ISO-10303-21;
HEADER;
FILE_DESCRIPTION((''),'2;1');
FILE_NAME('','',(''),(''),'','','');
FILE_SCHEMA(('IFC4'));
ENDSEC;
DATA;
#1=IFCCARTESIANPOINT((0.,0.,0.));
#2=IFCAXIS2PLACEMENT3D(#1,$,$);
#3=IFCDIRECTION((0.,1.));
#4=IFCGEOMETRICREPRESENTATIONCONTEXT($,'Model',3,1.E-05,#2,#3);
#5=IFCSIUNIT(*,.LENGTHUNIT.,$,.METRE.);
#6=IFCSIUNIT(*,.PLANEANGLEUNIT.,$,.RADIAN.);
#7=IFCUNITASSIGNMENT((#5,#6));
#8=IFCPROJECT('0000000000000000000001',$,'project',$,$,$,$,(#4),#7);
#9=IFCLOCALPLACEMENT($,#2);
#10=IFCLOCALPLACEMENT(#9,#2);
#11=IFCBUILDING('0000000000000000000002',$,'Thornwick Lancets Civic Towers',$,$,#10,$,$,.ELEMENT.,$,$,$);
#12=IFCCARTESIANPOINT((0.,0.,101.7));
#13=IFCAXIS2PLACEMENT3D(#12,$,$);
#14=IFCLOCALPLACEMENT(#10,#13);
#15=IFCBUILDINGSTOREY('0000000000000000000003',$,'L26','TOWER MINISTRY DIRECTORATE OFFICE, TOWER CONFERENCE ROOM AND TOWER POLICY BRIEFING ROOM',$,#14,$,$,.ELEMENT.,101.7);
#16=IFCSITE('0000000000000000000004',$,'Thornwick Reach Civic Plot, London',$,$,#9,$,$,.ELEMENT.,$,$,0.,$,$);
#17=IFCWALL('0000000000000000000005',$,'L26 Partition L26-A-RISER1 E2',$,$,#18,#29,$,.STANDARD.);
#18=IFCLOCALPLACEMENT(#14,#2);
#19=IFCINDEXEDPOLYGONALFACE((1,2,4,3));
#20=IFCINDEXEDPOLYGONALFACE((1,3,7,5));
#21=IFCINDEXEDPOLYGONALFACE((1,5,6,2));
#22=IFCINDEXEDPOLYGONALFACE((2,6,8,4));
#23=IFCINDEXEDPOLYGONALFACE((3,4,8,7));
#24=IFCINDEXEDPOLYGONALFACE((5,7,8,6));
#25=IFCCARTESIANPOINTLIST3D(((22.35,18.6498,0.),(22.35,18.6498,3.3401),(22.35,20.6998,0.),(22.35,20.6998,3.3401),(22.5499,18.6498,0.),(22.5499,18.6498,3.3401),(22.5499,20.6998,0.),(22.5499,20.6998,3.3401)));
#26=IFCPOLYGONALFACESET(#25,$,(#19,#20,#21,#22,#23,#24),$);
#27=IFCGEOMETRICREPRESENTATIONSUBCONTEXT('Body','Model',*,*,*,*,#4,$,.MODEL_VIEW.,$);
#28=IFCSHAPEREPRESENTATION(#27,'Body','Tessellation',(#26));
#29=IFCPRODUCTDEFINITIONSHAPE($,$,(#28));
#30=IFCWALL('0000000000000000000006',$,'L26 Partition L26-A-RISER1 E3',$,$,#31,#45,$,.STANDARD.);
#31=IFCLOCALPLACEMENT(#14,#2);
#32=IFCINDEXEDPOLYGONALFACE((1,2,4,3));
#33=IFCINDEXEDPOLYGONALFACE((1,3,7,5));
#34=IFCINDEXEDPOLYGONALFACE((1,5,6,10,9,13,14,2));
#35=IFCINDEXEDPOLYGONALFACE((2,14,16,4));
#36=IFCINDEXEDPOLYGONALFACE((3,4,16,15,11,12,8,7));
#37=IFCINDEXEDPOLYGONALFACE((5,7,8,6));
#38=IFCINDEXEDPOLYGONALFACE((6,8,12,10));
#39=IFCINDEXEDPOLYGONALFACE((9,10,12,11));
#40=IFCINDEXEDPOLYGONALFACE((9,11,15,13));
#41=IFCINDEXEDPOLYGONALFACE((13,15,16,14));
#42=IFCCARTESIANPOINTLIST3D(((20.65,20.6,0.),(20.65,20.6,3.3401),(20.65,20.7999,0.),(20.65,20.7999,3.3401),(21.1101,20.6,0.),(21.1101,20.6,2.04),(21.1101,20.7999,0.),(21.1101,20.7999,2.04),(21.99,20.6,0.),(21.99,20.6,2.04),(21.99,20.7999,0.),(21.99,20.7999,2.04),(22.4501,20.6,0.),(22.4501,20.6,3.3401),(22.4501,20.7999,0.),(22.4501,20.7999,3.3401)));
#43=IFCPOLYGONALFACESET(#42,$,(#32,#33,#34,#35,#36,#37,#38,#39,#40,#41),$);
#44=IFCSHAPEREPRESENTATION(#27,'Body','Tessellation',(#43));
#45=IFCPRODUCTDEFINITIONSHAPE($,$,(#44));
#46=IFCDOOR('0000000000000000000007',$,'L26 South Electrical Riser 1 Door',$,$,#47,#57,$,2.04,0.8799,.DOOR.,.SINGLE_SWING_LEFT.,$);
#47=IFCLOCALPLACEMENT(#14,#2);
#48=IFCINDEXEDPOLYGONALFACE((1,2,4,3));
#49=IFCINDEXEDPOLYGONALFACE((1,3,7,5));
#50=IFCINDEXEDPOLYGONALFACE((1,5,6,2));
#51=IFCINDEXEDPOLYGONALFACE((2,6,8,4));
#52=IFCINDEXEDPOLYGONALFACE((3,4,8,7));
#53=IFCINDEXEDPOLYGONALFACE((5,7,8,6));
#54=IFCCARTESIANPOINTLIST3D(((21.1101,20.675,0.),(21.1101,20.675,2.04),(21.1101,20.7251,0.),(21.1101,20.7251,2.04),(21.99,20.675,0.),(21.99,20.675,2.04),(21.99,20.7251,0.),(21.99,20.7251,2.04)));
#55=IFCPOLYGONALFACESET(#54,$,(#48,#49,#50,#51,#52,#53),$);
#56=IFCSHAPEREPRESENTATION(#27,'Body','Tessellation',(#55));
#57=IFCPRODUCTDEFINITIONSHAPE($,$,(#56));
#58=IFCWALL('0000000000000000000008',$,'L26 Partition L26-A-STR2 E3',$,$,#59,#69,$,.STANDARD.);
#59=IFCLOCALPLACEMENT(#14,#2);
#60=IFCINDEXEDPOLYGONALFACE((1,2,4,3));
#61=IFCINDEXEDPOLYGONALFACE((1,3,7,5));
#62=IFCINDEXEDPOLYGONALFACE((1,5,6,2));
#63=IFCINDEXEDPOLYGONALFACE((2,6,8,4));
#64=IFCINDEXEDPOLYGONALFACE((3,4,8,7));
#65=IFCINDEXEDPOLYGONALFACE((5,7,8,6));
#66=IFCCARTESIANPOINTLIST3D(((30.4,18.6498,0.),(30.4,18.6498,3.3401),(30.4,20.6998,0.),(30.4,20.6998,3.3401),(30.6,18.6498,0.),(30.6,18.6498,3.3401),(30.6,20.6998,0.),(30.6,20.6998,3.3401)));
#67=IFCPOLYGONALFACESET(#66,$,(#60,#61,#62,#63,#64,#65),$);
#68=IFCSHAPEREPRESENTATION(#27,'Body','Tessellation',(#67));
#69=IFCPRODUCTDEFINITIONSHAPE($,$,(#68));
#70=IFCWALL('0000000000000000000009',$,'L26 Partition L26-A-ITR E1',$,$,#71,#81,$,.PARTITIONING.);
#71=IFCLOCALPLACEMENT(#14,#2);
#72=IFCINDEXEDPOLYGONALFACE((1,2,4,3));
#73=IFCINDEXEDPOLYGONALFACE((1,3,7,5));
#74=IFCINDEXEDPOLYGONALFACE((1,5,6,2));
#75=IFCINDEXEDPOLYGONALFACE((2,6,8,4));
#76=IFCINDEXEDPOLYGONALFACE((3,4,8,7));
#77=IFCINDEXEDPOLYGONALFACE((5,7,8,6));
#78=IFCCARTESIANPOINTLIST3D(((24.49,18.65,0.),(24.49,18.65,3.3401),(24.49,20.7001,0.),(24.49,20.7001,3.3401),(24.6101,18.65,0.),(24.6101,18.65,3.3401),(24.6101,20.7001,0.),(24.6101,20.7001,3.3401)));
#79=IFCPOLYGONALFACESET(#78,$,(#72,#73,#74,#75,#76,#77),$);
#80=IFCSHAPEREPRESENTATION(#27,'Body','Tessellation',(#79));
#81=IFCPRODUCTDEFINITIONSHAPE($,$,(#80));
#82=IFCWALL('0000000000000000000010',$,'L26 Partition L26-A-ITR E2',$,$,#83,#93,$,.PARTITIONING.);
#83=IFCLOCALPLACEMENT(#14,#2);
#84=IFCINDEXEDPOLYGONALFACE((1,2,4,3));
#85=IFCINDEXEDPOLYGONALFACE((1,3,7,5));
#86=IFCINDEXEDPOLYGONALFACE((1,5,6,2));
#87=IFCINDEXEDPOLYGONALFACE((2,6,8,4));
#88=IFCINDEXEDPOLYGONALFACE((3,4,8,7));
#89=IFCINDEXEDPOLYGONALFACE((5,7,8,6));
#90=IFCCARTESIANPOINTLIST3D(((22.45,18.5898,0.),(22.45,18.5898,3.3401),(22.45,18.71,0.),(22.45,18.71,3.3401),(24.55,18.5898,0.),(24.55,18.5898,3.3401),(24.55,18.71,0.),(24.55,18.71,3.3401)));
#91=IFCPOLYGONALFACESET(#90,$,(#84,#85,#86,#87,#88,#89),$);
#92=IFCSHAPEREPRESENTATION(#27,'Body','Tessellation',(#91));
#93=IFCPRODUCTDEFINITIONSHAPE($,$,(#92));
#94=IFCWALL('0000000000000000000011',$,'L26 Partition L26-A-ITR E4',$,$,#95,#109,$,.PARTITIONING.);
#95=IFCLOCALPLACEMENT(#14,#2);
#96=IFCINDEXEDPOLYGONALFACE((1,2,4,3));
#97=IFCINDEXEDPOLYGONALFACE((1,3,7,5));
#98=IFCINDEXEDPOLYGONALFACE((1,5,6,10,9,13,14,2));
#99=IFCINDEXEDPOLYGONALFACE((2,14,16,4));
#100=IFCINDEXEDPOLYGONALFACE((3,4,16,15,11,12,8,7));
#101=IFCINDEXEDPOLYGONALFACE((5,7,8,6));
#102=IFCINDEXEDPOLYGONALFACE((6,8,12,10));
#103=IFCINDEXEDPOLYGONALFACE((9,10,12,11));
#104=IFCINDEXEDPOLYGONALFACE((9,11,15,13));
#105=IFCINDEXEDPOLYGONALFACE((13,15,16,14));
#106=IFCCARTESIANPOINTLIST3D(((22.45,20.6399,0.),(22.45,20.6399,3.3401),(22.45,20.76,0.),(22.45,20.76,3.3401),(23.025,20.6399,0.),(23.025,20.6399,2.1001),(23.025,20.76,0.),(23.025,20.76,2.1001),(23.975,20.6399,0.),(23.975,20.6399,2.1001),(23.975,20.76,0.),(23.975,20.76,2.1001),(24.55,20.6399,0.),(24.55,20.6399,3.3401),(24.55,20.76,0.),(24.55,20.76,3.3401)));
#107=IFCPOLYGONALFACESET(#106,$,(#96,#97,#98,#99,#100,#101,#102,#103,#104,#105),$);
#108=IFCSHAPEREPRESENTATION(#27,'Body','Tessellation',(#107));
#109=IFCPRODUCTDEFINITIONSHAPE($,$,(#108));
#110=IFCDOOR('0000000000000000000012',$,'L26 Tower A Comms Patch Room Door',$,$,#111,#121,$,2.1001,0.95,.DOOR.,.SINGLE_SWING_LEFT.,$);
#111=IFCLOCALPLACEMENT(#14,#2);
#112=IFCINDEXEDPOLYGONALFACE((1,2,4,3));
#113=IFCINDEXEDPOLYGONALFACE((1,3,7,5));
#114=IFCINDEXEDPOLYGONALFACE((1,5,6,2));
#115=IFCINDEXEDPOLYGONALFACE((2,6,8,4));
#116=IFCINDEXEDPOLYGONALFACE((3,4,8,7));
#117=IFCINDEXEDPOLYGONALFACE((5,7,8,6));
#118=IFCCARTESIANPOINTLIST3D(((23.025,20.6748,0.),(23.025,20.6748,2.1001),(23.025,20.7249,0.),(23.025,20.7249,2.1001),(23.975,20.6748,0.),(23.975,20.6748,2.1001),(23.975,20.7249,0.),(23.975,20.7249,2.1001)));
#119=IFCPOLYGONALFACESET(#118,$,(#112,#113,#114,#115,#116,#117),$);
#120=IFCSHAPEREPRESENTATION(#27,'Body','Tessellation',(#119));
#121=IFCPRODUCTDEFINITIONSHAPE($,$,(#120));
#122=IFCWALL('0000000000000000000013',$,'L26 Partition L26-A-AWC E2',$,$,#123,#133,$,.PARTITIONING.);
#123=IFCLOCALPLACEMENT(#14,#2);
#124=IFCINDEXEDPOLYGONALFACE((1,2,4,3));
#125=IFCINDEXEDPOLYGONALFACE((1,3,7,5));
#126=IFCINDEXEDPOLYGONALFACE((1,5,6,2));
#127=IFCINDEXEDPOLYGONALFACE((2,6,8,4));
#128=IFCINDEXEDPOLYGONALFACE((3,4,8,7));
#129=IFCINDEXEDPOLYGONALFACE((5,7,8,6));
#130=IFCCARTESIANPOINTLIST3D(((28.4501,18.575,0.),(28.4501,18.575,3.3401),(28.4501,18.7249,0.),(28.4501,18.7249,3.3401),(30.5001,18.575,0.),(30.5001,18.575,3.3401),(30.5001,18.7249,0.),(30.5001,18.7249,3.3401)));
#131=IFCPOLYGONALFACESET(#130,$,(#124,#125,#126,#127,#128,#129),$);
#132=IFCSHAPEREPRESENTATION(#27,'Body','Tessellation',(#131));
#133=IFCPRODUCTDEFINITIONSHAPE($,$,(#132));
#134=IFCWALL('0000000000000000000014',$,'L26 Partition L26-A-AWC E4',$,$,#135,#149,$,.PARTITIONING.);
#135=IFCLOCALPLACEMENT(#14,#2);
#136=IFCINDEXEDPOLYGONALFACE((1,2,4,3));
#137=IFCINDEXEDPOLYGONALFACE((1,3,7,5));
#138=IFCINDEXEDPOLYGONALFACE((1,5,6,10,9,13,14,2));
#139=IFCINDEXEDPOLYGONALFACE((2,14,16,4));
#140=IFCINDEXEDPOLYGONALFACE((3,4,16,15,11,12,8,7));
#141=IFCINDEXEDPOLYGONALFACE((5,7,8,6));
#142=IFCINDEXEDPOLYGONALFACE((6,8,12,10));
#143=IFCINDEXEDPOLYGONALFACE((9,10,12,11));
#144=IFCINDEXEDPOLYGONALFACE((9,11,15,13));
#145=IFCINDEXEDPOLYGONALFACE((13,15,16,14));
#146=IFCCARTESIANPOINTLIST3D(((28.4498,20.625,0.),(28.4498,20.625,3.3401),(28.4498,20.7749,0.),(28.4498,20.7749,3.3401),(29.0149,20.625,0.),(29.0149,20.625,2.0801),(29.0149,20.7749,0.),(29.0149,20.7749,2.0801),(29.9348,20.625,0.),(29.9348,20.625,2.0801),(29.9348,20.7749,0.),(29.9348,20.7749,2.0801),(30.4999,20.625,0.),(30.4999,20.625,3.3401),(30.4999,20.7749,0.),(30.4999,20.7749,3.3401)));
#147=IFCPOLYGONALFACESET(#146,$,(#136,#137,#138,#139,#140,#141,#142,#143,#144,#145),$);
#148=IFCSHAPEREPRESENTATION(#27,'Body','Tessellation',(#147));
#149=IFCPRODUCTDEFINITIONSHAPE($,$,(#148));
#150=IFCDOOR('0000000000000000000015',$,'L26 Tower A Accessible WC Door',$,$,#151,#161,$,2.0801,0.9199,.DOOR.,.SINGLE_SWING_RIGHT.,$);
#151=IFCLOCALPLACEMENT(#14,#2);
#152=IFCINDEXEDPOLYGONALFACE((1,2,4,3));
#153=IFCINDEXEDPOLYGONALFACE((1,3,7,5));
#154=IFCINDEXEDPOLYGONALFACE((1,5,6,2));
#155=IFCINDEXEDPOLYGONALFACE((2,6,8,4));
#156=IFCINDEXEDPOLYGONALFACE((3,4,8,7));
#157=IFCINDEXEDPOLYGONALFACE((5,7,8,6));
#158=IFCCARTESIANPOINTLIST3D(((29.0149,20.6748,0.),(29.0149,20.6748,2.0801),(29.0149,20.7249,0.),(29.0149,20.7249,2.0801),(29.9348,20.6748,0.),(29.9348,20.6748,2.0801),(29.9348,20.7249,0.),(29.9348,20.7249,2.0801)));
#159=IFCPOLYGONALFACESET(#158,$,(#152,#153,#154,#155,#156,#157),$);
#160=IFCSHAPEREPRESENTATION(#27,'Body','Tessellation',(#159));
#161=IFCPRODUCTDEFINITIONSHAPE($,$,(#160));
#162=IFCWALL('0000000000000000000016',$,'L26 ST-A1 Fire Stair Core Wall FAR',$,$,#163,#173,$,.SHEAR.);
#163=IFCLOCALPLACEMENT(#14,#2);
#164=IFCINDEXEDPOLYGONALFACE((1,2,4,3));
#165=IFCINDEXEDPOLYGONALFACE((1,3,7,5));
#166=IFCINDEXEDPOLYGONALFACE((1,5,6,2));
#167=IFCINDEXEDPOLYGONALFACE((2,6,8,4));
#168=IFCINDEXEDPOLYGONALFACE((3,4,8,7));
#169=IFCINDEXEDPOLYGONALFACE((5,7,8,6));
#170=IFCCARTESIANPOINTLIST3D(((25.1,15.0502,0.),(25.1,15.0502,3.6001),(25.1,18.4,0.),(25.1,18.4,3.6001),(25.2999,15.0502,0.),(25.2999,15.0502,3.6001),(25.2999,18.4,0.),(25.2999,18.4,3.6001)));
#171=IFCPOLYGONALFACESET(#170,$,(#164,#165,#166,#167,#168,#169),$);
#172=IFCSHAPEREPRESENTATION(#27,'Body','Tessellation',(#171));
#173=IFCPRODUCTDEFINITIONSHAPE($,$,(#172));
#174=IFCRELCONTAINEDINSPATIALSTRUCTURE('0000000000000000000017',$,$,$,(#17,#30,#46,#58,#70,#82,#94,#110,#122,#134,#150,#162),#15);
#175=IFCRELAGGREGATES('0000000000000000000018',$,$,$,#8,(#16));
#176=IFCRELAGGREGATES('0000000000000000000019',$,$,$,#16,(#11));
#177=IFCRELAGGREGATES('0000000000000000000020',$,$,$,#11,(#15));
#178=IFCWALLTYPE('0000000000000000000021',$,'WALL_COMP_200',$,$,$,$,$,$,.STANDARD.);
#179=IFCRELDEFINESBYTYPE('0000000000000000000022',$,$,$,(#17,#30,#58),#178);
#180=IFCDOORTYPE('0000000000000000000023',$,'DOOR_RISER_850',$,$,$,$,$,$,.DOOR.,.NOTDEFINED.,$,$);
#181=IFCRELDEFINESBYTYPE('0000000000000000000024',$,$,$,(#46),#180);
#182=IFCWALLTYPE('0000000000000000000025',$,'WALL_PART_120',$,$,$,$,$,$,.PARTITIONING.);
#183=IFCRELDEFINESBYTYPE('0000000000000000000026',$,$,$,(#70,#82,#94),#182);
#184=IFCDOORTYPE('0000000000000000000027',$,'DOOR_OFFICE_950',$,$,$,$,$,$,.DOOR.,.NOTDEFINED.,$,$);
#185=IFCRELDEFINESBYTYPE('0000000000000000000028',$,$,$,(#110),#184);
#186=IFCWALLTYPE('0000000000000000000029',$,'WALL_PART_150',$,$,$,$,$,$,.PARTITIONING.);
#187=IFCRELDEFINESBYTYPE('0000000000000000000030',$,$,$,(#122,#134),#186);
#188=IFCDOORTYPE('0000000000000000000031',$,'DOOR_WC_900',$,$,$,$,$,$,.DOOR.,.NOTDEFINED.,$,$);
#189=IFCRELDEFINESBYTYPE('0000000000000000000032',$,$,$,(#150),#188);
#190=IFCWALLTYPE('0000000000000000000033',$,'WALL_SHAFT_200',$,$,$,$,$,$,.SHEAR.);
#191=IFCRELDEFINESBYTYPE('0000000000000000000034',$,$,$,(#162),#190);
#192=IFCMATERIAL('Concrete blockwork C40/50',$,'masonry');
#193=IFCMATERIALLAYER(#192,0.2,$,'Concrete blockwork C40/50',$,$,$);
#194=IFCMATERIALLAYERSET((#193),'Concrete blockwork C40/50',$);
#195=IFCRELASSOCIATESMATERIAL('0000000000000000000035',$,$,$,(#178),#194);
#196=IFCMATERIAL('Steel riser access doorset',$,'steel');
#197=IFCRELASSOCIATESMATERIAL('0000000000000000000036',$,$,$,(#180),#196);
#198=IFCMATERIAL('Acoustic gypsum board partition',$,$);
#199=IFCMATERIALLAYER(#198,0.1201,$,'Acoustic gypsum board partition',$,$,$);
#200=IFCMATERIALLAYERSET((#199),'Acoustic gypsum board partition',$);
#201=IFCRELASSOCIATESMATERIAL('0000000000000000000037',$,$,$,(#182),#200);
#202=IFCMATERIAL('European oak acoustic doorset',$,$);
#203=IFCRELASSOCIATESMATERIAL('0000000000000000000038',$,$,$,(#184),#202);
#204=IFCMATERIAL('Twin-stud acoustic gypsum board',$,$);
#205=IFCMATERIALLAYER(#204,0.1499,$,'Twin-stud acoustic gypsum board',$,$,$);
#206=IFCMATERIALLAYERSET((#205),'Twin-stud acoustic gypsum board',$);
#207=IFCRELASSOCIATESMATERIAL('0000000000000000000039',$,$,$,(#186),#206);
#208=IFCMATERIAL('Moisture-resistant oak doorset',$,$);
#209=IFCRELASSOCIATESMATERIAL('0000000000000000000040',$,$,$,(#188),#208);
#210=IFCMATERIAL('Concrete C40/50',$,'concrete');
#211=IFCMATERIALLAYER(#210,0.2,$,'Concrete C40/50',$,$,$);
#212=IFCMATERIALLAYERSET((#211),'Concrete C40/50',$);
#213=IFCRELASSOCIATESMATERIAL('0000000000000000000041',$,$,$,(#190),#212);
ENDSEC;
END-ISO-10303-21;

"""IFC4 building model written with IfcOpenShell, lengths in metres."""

from ifc_helpers import new_model, si_unit, direction, frame, frame_2d, origin, place, context, subcontext, project, spatial, rectangle, extrude, material, layer, layer_set, type_object, element, fill, save


model = new_model("IFC4")

# Units and contexts
model_context = context("Model", 3, precision=1e-05, world=origin(), true_north=direction((0.0, 1.0)))
body_context = subcontext(model_context, "Body", "Model", "MODEL_VIEW")
ifc_project = project(units=[si_unit("LENGTHUNIT", "METRE"), si_unit("PLANEANGLEUNIT", "RADIAN")], contexts=[model_context])

# Site, building, storey
site_placement = place(None, origin())
site = spatial("IfcSite", under=ifc_project, at=site_placement, Name="Thornwick Reach Civic Plot, London", CompositionType="ELEMENT", RefElevation=0.0)
building_placement = place(site_placement, origin())
building = spatial("IfcBuilding", under=site, at=building_placement, Name="Thornwick Lancets Civic Towers", CompositionType="ELEMENT")
storey_placement = place(building_placement, frame((0.0, 0.0, 101.7)))
storey = spatial("IfcBuildingStorey", under=building, at=storey_placement, Name="L26", Description="TOWER MINISTRY DIRECTORATE OFFICE, TOWER CONFERENCE ROOM AND TOWER POLICY BRIEFING ROOM", CompositionType="ELEMENT", Elevation=101.7)

# Shared definitions
ifc_material_1 = material(Name="Concrete C40/50", Category="concrete")

# Shared definitions
ifc_material_2 = material(Name="Concrete blockwork C40/50", Category="masonry")
ifc_layer_1 = layer(ifc_material_2, 0.2, Name="Concrete blockwork C40/50")
ifc_layer_set_1 = layer_set([ifc_layer_1], Name="Concrete blockwork C40/50")
wall_type_1 = type_object("IfcWallType", Name="WALL_COMP_200", PredefinedType="STANDARD", material=ifc_layer_set_1)

# Shared definitions
ifc_material_3 = material(Name="Steel riser access doorset", Category="steel")
door_type_1 = type_object("IfcDoorType", Name="DOOR_RISER_850", OperationType="NOTDEFINED", PredefinedType="DOOR", material=ifc_material_3)

# Wall
for number, where, z_axis, x_axis, name in (
    (1, (22.45, 18.6499, 0.0), (0.0, 0.0, 1.0), (0.0, 1.0, 0.0), "L26 Partition L26-A-RISER1 E2"),
):
    element("IfcWall", number, at=place(storey_placement, frame(where, z_axis=z_axis, x_axis=x_axis)), inside=storey, type_object=wall_type_1, Name=name, PredefinedType="STANDARD", context=body_context, shape_type="SweptSolid", body=[
        extrude(rectangle(XDim=2.05, YDim=0.2, at=frame_2d((1.0249, 0.0))), origin(), (0.0, 0.0, 1.0), 3.3401),
    ])

# Wall, opening, door
wall_1_placement = place(storey_placement, frame((22.45, 20.7, 0.0), z_axis=(0.0, 0.0, 1.0), x_axis=(-1.0, 0.0, 0.0)))
wall_1 = element("IfcWall", 2, at=wall_1_placement, inside=storey, type_object=wall_type_1, Name="L26 Partition L26-A-RISER1 E3", PredefinedType="STANDARD", context=body_context, shape_type="SweptSolid", body=[
    extrude(rectangle(XDim=1.8, YDim=0.2, at=frame_2d((0.8999, 0.0))), origin(), (0.0, 0.0, 1.0), 3.3401),
])
opening_1_placement = place(wall_1_placement, frame((0.46, 0.0, 0.0)))
opening_1 = element("IfcOpeningElement", 3, at=opening_1_placement, cuts=wall_1, PredefinedType="OPENING", context=body_context, shape_type="SweptSolid", body=[
    extrude(rectangle(XDim=0.8799, YDim=2.04, at=frame_2d((0.4399, 1.02))), frame((0.0, 0.1099, 0.0), z_axis=(0.0, -1.0, 0.0), x_axis=(1.0, 0.0, 0.0)), (0.0, 0.0, 1.0), 0.22),
])
door_1_placement = place(opening_1_placement, origin())
door_1 = element("IfcDoor", 4, at=door_1_placement, inside=storey, type_object=door_type_1, Name="L26 South Electrical Riser 1 Door", OperationType="SINGLE_SWING_LEFT", OverallHeight=2.04, OverallWidth=0.8799, PredefinedType="DOOR", context=body_context, shape_type="SweptSolid", body=[
    extrude(rectangle(XDim=0.8799, YDim=2.04, at=frame_2d((0.4399, 1.02))), frame((0.0, 0.0249, 0.0), z_axis=(0.0, -1.0, 0.0), x_axis=(1.0, 0.0, 0.0)), (0.0, 0.0, 1.0), 0.05),
])
fill(opening_1, door_1)

# Walls
wall_2_placement = place(storey_placement, frame((30.5, 18.6499, 0.0), z_axis=(0.0, 0.0, 1.0), x_axis=(0.0, 1.0, 0.0)))
element("IfcWall", 5, at=wall_2_placement, inside=storey, type_object=wall_type_1, Name="L26 Partition L26-A-STR2 E3", PredefinedType="STANDARD", context=body_context, shape_type="SweptSolid", body=[
    extrude(rectangle(XDim=2.05, YDim=0.2, at=frame_2d((1.0249, 0.0))), origin(), (0.0, 0.0, 1.0), 3.3401),
])
ifc_material_4 = material(Name="Acoustic gypsum board partition")
ifc_layer_2 = layer(ifc_material_4, 0.1201, Name="Acoustic gypsum board partition")
ifc_layer_set_2 = layer_set([ifc_layer_2], Name="Acoustic gypsum board partition")
wall_type_2 = type_object("IfcWallType", Name="WALL_PART_120", PredefinedType="PARTITIONING", material=ifc_layer_set_2)
wall_3_placement = place(storey_placement, frame((24.55, 20.7, 0.0), z_axis=(0.0, 0.0, 1.0), x_axis=(0.0, -1.0, 0.0)))
element("IfcWall", 6, at=wall_3_placement, inside=storey, type_object=wall_type_2, Name="L26 Partition L26-A-ITR E1", PredefinedType="PARTITIONING", context=body_context, shape_type="SweptSolid", body=[
    extrude(rectangle(XDim=2.05, YDim=0.1201, at=frame_2d((1.0249, 0.0))), origin(), (0.0, 0.0, 1.0), 3.3401),
])
wall_4_placement = place(storey_placement, frame((24.55, 18.6499, 0.0), z_axis=(0.0, 0.0, 1.0), x_axis=(-1.0, 0.0, 0.0)))
element("IfcWall", 7, at=wall_4_placement, inside=storey, type_object=wall_type_2, Name="L26 Partition L26-A-ITR E2", PredefinedType="PARTITIONING", context=body_context, shape_type="SweptSolid", body=[
    extrude(rectangle(XDim=2.1001, YDim=0.1201, at=frame_2d((1.05, 0.0))), origin(), (0.0, 0.0, 1.0), 3.3401),
])

# Wall, opening, door
wall_5_placement = place(storey_placement, frame((22.45, 20.7, 0.0), z_axis=(0.0, 0.0, 1.0), x_axis=(1.0, 0.0, 0.0)))
wall_5 = element("IfcWall", 8, at=wall_5_placement, inside=storey, type_object=wall_type_2, Name="L26 Partition L26-A-ITR E4", PredefinedType="PARTITIONING", context=body_context, shape_type="SweptSolid", body=[
    extrude(rectangle(XDim=2.1001, YDim=0.1201, at=frame_2d((1.05, 0.0))), origin(), (0.0, 0.0, 1.0), 3.3401),
])
opening_2_placement = place(wall_5_placement, frame((0.575, 0.0, 0.0)))
opening_2 = element("IfcOpeningElement", 9, at=opening_2_placement, cuts=wall_5, PredefinedType="OPENING", context=body_context, shape_type="SweptSolid", body=[
    extrude(rectangle(XDim=0.95, YDim=2.1001, at=frame_2d((0.4751, 1.05))), frame((0.0, 0.0701, 0.0), z_axis=(0.0, -1.0, 0.0), x_axis=(1.0, 0.0, 0.0)), (0.0, 0.0, 1.0), 0.1401),
])
ifc_material_5 = material(Name="European oak acoustic doorset")
door_type_2 = type_object("IfcDoorType", Name="DOOR_OFFICE_950", OperationType="NOTDEFINED", PredefinedType="DOOR", material=ifc_material_5)
door_2_placement = place(opening_2_placement, origin())
door_2 = element("IfcDoor", 10, at=door_2_placement, inside=storey, type_object=door_type_2, Name="L26 Tower A Comms Patch Room Door", OperationType="SINGLE_SWING_LEFT", OverallHeight=2.1001, OverallWidth=0.95, PredefinedType="DOOR", context=body_context, shape_type="SweptSolid", body=[
    extrude(rectangle(XDim=0.95, YDim=2.1001, at=frame_2d((0.4751, 1.05))), frame((0.0, 0.0249, 0.0), z_axis=(0.0, -1.0, 0.0), x_axis=(1.0, 0.0, 0.0)), (0.0, 0.0, 1.0), 0.05),
])
fill(opening_2, door_2)

# Wall
ifc_material_6 = material(Name="Twin-stud acoustic gypsum board")
ifc_layer_3 = layer(ifc_material_6, 0.1499, Name="Twin-stud acoustic gypsum board")
ifc_layer_set_3 = layer_set([ifc_layer_3], Name="Twin-stud acoustic gypsum board")
wall_type_3 = type_object("IfcWallType", Name="WALL_PART_150", PredefinedType="PARTITIONING", material=ifc_layer_set_3)
wall_6_placement = place(storey_placement, frame((30.5, 18.6499, 0.0), z_axis=(0.0, 0.0, 1.0), x_axis=(-1.0, 0.0, 0.0)))
element("IfcWall", 11, at=wall_6_placement, inside=storey, type_object=wall_type_3, Name="L26 Partition L26-A-AWC E2", PredefinedType="PARTITIONING", context=body_context, shape_type="SweptSolid", body=[
    extrude(rectangle(XDim=2.05, YDim=0.1499, at=frame_2d((1.0249, 0.0))), origin(), (0.0, 0.0, 1.0), 3.3401),
])

# Wall, opening, door
wall_7_placement = place(storey_placement, frame((28.45, 20.7, 0.0), z_axis=(0.0, 0.0, 1.0), x_axis=(1.0, 0.0, 0.0)))
wall_7 = element("IfcWall", 12, at=wall_7_placement, inside=storey, type_object=wall_type_3, Name="L26 Partition L26-A-AWC E4", PredefinedType="PARTITIONING", context=body_context, shape_type="SweptSolid", body=[
    extrude(rectangle(XDim=2.05, YDim=0.1499, at=frame_2d((1.0249, 0.0))), origin(), (0.0, 0.0, 1.0), 3.3401),
])
opening_3_placement = place(wall_7_placement, frame((0.5649, 0.0, 0.0)))
opening_3 = element("IfcOpeningElement", 13, at=opening_3_placement, cuts=wall_7, PredefinedType="OPENING", context=body_context, shape_type="SweptSolid", body=[
    extrude(rectangle(XDim=0.9199, YDim=2.0801, at=frame_2d((0.46, 1.04))), frame((0.0, 0.085, 0.0), z_axis=(0.0, -1.0, 0.0), x_axis=(1.0, 0.0, 0.0)), (0.0, 0.0, 1.0), 0.1699),
])
ifc_material_7 = material(Name="Moisture-resistant oak doorset")
door_type_3 = type_object("IfcDoorType", Name="DOOR_WC_900", OperationType="NOTDEFINED", PredefinedType="DOOR", material=ifc_material_7)
door_3_placement = place(opening_3_placement, origin())
door_3 = element("IfcDoor", 14, at=door_3_placement, inside=storey, type_object=door_type_3, Name="L26 Tower A Accessible WC Door", OperationType="SINGLE_SWING_RIGHT", OverallHeight=2.0801, OverallWidth=0.9199, PredefinedType="DOOR", context=body_context, shape_type="SweptSolid", body=[
    extrude(rectangle(XDim=0.9199, YDim=2.0801, at=frame_2d((0.46, 1.04))), frame((0.0, 0.0249, 0.0), z_axis=(0.0, -1.0, 0.0), x_axis=(1.0, 0.0, 0.0)), (0.0, 0.0, 1.0), 0.05),
])
fill(opening_3, door_3)

# Wall
ifc_layer_4 = layer(ifc_material_1, 0.2, Name="Concrete C40/50")
ifc_layer_set_4 = layer_set([ifc_layer_4], Name="Concrete C40/50")
wall_type_4 = type_object("IfcWallType", Name="WALL_SHAFT_200", PredefinedType="SHEAR", material=ifc_layer_set_4)
wall_8_placement = place(storey_placement, frame((25.2, 18.3999, 0.0), z_axis=(0.0, 0.0, 1.0), x_axis=(0.0, -1.0, 0.0)))
element("IfcWall", 15, at=wall_8_placement, inside=storey, type_object=wall_type_4, Name="L26 ST-A1 Fire Stair Core Wall FAR", PredefinedType="SHEAR", context=body_context, shape_type="SweptSolid", body=[
    extrude(rectangle(XDim=3.3499, YDim=0.2, at=frame_2d((1.6748, 0.0))), origin(), (0.0, 0.0, 1.0), 3.6001),
])

save(model, "model.ifc")
